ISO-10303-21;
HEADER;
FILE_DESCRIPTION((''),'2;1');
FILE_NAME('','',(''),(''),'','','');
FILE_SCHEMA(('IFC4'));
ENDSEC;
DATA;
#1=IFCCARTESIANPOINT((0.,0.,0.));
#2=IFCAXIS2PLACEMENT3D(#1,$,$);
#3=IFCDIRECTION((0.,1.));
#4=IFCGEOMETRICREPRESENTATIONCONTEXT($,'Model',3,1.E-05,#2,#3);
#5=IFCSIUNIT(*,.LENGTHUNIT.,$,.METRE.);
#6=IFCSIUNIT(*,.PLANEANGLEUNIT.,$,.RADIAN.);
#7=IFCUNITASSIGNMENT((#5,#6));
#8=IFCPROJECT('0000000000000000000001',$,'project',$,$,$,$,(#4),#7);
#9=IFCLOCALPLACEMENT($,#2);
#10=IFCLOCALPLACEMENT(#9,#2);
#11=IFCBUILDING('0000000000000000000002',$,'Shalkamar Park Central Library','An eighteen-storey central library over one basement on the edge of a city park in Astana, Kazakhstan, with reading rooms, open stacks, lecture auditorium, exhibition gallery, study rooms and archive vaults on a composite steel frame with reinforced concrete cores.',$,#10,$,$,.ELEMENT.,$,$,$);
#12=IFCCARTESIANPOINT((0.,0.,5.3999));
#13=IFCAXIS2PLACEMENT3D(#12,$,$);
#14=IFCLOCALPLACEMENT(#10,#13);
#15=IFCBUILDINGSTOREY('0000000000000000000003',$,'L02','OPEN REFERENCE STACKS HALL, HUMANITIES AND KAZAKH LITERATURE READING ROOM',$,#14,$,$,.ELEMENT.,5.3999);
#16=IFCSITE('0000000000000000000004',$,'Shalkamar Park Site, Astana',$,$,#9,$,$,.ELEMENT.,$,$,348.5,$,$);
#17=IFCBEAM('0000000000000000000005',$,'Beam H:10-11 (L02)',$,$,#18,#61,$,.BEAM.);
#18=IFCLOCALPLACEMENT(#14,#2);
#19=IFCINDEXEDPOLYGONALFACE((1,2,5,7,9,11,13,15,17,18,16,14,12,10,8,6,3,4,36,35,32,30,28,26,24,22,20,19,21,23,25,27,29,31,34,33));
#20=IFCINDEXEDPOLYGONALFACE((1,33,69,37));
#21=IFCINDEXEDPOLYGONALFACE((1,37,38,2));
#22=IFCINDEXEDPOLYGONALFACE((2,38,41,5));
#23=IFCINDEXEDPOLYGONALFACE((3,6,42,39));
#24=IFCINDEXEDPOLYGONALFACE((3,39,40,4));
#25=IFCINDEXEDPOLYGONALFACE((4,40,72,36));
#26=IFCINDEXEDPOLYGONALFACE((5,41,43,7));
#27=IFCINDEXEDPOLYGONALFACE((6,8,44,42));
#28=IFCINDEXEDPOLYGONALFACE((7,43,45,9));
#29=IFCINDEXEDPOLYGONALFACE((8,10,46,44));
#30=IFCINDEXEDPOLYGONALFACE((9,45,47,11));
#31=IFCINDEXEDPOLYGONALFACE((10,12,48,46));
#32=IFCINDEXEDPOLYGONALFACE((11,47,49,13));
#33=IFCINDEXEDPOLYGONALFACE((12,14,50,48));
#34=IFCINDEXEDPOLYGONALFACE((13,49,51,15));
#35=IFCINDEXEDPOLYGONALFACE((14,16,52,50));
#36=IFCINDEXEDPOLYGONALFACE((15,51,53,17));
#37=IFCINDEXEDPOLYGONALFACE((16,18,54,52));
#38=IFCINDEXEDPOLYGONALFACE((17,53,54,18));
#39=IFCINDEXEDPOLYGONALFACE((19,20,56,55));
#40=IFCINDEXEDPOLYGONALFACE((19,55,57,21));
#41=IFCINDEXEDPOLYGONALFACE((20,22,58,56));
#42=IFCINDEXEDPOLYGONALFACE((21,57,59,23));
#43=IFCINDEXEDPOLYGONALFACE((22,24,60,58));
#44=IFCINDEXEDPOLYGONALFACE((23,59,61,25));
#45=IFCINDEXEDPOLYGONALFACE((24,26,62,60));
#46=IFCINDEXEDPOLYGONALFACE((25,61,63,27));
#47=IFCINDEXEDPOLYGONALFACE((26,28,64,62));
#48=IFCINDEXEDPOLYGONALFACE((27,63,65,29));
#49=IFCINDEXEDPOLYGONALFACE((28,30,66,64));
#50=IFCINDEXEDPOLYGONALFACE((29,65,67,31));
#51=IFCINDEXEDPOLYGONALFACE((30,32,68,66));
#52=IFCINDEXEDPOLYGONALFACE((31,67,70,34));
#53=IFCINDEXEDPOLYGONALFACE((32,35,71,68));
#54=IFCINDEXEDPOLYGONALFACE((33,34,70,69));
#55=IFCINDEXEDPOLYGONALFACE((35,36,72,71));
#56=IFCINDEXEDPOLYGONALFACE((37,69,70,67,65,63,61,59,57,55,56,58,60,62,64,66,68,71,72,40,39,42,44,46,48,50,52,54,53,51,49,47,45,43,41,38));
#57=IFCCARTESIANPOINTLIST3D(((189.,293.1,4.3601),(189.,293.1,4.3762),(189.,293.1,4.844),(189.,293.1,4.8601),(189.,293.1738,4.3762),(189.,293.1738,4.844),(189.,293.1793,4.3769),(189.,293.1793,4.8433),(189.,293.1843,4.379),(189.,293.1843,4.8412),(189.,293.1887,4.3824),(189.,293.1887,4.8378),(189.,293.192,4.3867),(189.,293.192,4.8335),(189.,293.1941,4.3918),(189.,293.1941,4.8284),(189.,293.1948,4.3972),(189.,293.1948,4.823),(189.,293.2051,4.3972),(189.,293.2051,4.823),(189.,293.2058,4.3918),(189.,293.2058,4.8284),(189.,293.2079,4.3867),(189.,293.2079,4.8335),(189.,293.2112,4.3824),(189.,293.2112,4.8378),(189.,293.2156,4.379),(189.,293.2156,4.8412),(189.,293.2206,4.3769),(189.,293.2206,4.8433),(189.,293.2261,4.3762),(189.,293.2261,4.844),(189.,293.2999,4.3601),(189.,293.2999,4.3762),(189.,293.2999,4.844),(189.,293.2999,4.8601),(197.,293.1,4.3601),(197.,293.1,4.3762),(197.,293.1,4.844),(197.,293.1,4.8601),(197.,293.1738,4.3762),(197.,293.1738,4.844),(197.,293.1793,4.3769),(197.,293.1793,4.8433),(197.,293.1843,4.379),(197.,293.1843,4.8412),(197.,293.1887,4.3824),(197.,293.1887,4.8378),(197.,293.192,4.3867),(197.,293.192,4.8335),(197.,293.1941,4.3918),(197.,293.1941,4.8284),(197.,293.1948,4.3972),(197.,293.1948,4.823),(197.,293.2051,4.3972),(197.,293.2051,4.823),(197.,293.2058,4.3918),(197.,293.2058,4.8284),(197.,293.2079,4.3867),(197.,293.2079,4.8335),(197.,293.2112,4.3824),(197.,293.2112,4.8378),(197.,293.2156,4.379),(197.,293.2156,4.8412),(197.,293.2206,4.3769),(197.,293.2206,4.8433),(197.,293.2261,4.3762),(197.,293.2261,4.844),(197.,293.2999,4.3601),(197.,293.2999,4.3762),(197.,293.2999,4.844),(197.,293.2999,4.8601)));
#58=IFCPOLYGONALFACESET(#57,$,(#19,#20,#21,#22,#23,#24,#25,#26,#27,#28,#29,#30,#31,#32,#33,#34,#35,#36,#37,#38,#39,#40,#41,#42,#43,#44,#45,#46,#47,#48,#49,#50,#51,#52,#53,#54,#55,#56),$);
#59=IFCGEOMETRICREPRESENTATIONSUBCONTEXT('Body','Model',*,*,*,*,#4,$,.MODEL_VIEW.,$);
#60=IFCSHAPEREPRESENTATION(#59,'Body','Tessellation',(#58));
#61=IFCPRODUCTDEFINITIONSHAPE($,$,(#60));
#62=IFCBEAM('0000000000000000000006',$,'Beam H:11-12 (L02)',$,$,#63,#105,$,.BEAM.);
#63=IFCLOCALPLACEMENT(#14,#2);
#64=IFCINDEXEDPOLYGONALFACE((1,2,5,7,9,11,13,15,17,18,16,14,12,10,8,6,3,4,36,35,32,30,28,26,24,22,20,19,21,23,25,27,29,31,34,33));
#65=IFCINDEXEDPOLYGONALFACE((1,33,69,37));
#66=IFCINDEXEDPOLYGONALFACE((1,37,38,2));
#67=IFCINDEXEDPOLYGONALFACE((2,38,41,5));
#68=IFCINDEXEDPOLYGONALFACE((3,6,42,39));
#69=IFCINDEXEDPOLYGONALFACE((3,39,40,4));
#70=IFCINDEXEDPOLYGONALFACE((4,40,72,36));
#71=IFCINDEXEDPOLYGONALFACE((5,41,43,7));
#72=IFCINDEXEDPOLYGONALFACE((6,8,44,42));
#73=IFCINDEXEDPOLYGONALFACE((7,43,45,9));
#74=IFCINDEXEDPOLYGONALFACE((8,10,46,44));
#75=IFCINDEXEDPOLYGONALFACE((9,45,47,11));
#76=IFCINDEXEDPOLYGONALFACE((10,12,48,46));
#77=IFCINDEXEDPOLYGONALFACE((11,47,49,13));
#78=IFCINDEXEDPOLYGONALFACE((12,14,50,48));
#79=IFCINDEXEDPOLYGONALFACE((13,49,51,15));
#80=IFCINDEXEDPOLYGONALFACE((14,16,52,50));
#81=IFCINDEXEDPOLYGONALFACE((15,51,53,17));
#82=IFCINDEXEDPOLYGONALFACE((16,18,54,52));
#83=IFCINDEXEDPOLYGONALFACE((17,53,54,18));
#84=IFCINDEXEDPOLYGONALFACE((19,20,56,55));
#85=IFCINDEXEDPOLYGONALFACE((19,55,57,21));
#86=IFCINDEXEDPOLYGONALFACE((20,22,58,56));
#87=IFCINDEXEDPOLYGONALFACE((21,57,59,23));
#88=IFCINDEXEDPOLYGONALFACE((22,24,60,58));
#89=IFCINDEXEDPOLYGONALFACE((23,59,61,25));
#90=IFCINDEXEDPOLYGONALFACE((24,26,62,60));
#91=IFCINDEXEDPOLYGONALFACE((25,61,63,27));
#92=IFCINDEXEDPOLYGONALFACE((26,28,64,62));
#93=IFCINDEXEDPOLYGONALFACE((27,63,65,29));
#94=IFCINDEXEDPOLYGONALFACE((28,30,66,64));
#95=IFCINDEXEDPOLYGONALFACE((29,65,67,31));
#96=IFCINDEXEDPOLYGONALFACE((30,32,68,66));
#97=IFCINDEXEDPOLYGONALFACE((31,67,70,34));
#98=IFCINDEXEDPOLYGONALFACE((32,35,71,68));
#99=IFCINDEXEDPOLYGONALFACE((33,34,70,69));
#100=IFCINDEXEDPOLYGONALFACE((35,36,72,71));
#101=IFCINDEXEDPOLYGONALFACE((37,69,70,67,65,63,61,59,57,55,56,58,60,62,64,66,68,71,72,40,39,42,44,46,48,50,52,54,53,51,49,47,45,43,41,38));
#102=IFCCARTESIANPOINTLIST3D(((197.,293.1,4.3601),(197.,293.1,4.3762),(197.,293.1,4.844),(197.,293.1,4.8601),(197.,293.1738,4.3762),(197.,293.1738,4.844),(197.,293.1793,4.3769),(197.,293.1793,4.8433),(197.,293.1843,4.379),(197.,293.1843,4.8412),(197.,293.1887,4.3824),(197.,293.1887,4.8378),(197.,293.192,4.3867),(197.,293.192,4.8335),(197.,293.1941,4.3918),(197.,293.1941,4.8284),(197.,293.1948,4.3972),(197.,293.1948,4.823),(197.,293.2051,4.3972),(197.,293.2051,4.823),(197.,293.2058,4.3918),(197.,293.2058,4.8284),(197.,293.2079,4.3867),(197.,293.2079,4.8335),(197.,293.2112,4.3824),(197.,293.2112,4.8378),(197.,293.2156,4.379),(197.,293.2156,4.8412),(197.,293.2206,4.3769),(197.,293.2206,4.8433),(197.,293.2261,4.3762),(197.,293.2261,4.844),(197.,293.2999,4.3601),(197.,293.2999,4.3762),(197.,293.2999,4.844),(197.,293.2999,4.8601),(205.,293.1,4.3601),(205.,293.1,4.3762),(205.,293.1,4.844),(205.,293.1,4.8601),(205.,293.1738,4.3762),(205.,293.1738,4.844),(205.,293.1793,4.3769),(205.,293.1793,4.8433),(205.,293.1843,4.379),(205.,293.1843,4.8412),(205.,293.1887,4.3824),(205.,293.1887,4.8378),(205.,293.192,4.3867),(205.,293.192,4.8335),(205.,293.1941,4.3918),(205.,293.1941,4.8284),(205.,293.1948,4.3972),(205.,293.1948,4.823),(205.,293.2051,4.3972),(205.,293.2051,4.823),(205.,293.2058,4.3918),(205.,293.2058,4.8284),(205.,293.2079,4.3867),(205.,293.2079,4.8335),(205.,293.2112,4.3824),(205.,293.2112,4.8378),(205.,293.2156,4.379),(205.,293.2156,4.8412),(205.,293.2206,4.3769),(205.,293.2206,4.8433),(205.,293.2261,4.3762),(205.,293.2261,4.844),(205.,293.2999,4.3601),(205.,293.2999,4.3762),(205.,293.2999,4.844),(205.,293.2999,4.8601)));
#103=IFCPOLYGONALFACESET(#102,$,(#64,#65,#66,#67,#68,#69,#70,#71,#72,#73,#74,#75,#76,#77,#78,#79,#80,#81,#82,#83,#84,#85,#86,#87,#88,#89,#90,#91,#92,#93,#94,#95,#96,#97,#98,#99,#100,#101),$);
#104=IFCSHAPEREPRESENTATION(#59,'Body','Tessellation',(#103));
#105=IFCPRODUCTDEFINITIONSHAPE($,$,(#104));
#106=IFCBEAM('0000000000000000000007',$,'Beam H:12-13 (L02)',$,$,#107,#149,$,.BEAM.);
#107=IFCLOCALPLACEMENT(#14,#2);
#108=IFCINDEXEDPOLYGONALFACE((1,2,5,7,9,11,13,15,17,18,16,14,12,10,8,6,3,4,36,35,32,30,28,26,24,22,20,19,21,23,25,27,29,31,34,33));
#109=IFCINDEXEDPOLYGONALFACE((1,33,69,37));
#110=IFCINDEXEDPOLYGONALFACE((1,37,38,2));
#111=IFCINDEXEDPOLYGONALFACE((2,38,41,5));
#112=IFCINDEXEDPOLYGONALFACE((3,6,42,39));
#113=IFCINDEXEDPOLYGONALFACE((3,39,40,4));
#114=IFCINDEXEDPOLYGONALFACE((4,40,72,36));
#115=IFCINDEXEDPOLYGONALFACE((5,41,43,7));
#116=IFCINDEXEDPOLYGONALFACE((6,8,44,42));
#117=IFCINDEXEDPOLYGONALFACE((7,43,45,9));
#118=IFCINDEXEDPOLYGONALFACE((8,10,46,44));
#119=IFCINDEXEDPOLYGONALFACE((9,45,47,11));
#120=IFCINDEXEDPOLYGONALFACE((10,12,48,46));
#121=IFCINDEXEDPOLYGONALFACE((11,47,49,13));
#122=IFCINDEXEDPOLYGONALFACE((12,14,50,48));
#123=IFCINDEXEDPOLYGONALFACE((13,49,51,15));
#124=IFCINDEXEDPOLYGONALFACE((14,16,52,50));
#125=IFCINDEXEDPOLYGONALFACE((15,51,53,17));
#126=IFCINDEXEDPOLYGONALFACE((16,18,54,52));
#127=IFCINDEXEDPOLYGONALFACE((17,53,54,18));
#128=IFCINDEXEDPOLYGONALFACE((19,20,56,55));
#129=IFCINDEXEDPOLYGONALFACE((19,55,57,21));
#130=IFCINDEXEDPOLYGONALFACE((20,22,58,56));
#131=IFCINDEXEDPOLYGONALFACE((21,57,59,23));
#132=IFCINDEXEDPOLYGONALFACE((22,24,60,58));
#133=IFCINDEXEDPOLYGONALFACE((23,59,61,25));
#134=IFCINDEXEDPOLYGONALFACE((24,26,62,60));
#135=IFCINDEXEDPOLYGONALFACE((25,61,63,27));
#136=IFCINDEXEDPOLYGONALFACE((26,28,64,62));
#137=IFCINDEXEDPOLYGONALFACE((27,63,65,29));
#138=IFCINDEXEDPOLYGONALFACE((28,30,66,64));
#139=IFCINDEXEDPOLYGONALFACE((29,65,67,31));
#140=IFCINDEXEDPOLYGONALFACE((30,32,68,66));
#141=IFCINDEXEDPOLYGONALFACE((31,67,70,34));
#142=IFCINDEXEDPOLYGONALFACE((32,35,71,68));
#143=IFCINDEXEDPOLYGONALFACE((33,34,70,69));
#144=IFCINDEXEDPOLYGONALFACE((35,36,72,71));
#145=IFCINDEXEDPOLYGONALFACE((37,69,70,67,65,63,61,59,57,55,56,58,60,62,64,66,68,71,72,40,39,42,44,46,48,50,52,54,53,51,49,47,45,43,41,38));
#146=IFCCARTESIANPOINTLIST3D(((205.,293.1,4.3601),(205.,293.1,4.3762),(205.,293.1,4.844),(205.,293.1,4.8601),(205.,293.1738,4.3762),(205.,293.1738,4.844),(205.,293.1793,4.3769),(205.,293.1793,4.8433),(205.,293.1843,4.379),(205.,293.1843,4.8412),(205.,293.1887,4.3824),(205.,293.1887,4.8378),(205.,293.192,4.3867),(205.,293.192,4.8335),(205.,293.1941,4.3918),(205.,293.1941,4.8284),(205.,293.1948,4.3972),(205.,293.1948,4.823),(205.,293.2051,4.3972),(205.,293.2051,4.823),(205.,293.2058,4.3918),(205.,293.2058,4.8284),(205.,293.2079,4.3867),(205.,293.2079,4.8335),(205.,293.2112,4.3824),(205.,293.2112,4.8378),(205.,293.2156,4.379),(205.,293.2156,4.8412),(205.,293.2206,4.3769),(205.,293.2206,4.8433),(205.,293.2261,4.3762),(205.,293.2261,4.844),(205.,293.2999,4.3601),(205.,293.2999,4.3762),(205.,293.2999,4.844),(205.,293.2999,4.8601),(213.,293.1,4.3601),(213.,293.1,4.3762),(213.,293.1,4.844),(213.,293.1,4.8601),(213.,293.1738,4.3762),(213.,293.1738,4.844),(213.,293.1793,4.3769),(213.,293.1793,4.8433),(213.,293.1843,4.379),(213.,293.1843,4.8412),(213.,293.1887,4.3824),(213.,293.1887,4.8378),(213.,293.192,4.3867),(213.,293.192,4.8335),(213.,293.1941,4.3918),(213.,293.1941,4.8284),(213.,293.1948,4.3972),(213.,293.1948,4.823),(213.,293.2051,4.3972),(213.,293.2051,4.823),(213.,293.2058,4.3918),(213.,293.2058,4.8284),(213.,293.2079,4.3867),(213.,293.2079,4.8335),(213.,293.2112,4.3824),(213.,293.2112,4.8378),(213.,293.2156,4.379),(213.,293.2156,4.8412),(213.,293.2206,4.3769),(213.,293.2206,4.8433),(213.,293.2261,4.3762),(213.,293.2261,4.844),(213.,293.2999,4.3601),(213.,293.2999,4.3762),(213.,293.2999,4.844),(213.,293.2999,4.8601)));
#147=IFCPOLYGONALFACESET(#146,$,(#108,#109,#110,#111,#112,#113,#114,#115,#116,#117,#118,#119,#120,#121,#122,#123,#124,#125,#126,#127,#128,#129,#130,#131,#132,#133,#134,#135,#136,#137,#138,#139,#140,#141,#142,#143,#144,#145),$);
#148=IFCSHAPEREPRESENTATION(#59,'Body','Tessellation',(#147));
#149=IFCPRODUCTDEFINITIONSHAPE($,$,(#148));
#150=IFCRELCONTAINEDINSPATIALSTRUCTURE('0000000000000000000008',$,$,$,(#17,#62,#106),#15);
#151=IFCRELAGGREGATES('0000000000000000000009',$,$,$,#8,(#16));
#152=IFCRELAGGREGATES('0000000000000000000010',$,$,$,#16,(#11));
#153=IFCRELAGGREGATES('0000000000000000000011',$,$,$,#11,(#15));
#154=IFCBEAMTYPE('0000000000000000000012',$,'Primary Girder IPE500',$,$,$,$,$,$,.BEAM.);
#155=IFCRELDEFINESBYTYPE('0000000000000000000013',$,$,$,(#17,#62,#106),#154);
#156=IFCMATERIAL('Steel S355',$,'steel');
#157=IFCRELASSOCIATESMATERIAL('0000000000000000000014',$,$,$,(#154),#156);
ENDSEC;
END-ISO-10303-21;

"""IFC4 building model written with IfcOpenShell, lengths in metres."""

from ifc_helpers import new_model, si_unit, direction, frame, origin, origin_2d, place, context, subcontext, project, spatial, i_section, extrude, material, material_profile, profile_set, type_object, element, save


model = new_model("IFC4")

# Units and contexts
model_context = context("Model", 3, precision=1e-05, world=origin(), true_north=direction((0.0, 1.0)))
body_context = subcontext(model_context, "Body", "Model", "MODEL_VIEW")
ifc_project = project(units=[si_unit("LENGTHUNIT", "METRE"), si_unit("PLANEANGLEUNIT", "RADIAN")], contexts=[model_context])

# Site, building, storey
site_placement = place(None, origin())
site = spatial("IfcSite", under=ifc_project, at=site_placement, Name="Shalkamar Park Site, Astana", CompositionType="ELEMENT", RefElevation=348.5)
building_placement = place(site_placement, origin())
building = spatial("IfcBuilding", under=site, at=building_placement, Name="Shalkamar Park Central Library", Description="An eighteen-storey central library over one basement on the edge of a city park in Astana, Kazakhstan, with reading rooms, open stacks, lecture auditorium, exhibition gallery, study rooms and archive vaults on a composite steel frame with reinforced concrete cores.", CompositionType="ELEMENT")
storey_placement = place(building_placement, frame((0.0, 0.0, 5.3999)))
storey = spatial("IfcBuildingStorey", under=building, at=storey_placement, Name="L02", Description="OPEN REFERENCE STACKS HALL, HUMANITIES AND KAZAKH LITERATURE READING ROOM", CompositionType="ELEMENT", Elevation=5.3999)

# Shared definitions
ifc_material = material(Name="Steel S355", Category="steel")

# Beams
ifc_material_profile_1 = material_profile(ifc_material, i_section(OverallWidth=0.2, OverallDepth=0.5, WebThickness=0.0103, FlangeThickness=0.0161, FilletRadius=0.021, at=origin_2d()), Name="IPE 500")
ifc_profile_set_1 = profile_set([ifc_material_profile_1], Name="Steel S355")
beam_type_1 = type_object("IfcBeamType", Name="Primary Girder IPE500", PredefinedType="BEAM", material=ifc_profile_set_1)
for number, where, z_axis, x_axis, name in (
    (1, (189.0, 293.2, 4.6101), (1.0, 0.0, 0.0), (0.0, 1.0, 0.0), "Beam H:10-11 (L02)"),
    (2, (197.0, 293.2, 4.6101), (1.0, 0.0, 0.0), (0.0, 1.0, 0.0), "Beam H:11-12 (L02)"),
    (3, (205.0, 293.2, 4.6101), (1.0, 0.0, 0.0), (0.0, 1.0, 0.0), "Beam H:12-13 (L02)"),
):
    element("IfcBeam", number, at=place(storey_placement, frame(where, z_axis=z_axis, x_axis=x_axis)), inside=storey, type_object=beam_type_1, Name=name, PredefinedType="BEAM", context=body_context, shape_type="SweptSolid", body=[
        extrude(i_section(OverallWidth=0.2, OverallDepth=0.5, WebThickness=0.0103, FlangeThickness=0.0161, FilletRadius=0.021, at=origin_2d()), origin(), (0.0, 0.0, 1.0), 8.0),
    ])

save(model, "model.ifc")
